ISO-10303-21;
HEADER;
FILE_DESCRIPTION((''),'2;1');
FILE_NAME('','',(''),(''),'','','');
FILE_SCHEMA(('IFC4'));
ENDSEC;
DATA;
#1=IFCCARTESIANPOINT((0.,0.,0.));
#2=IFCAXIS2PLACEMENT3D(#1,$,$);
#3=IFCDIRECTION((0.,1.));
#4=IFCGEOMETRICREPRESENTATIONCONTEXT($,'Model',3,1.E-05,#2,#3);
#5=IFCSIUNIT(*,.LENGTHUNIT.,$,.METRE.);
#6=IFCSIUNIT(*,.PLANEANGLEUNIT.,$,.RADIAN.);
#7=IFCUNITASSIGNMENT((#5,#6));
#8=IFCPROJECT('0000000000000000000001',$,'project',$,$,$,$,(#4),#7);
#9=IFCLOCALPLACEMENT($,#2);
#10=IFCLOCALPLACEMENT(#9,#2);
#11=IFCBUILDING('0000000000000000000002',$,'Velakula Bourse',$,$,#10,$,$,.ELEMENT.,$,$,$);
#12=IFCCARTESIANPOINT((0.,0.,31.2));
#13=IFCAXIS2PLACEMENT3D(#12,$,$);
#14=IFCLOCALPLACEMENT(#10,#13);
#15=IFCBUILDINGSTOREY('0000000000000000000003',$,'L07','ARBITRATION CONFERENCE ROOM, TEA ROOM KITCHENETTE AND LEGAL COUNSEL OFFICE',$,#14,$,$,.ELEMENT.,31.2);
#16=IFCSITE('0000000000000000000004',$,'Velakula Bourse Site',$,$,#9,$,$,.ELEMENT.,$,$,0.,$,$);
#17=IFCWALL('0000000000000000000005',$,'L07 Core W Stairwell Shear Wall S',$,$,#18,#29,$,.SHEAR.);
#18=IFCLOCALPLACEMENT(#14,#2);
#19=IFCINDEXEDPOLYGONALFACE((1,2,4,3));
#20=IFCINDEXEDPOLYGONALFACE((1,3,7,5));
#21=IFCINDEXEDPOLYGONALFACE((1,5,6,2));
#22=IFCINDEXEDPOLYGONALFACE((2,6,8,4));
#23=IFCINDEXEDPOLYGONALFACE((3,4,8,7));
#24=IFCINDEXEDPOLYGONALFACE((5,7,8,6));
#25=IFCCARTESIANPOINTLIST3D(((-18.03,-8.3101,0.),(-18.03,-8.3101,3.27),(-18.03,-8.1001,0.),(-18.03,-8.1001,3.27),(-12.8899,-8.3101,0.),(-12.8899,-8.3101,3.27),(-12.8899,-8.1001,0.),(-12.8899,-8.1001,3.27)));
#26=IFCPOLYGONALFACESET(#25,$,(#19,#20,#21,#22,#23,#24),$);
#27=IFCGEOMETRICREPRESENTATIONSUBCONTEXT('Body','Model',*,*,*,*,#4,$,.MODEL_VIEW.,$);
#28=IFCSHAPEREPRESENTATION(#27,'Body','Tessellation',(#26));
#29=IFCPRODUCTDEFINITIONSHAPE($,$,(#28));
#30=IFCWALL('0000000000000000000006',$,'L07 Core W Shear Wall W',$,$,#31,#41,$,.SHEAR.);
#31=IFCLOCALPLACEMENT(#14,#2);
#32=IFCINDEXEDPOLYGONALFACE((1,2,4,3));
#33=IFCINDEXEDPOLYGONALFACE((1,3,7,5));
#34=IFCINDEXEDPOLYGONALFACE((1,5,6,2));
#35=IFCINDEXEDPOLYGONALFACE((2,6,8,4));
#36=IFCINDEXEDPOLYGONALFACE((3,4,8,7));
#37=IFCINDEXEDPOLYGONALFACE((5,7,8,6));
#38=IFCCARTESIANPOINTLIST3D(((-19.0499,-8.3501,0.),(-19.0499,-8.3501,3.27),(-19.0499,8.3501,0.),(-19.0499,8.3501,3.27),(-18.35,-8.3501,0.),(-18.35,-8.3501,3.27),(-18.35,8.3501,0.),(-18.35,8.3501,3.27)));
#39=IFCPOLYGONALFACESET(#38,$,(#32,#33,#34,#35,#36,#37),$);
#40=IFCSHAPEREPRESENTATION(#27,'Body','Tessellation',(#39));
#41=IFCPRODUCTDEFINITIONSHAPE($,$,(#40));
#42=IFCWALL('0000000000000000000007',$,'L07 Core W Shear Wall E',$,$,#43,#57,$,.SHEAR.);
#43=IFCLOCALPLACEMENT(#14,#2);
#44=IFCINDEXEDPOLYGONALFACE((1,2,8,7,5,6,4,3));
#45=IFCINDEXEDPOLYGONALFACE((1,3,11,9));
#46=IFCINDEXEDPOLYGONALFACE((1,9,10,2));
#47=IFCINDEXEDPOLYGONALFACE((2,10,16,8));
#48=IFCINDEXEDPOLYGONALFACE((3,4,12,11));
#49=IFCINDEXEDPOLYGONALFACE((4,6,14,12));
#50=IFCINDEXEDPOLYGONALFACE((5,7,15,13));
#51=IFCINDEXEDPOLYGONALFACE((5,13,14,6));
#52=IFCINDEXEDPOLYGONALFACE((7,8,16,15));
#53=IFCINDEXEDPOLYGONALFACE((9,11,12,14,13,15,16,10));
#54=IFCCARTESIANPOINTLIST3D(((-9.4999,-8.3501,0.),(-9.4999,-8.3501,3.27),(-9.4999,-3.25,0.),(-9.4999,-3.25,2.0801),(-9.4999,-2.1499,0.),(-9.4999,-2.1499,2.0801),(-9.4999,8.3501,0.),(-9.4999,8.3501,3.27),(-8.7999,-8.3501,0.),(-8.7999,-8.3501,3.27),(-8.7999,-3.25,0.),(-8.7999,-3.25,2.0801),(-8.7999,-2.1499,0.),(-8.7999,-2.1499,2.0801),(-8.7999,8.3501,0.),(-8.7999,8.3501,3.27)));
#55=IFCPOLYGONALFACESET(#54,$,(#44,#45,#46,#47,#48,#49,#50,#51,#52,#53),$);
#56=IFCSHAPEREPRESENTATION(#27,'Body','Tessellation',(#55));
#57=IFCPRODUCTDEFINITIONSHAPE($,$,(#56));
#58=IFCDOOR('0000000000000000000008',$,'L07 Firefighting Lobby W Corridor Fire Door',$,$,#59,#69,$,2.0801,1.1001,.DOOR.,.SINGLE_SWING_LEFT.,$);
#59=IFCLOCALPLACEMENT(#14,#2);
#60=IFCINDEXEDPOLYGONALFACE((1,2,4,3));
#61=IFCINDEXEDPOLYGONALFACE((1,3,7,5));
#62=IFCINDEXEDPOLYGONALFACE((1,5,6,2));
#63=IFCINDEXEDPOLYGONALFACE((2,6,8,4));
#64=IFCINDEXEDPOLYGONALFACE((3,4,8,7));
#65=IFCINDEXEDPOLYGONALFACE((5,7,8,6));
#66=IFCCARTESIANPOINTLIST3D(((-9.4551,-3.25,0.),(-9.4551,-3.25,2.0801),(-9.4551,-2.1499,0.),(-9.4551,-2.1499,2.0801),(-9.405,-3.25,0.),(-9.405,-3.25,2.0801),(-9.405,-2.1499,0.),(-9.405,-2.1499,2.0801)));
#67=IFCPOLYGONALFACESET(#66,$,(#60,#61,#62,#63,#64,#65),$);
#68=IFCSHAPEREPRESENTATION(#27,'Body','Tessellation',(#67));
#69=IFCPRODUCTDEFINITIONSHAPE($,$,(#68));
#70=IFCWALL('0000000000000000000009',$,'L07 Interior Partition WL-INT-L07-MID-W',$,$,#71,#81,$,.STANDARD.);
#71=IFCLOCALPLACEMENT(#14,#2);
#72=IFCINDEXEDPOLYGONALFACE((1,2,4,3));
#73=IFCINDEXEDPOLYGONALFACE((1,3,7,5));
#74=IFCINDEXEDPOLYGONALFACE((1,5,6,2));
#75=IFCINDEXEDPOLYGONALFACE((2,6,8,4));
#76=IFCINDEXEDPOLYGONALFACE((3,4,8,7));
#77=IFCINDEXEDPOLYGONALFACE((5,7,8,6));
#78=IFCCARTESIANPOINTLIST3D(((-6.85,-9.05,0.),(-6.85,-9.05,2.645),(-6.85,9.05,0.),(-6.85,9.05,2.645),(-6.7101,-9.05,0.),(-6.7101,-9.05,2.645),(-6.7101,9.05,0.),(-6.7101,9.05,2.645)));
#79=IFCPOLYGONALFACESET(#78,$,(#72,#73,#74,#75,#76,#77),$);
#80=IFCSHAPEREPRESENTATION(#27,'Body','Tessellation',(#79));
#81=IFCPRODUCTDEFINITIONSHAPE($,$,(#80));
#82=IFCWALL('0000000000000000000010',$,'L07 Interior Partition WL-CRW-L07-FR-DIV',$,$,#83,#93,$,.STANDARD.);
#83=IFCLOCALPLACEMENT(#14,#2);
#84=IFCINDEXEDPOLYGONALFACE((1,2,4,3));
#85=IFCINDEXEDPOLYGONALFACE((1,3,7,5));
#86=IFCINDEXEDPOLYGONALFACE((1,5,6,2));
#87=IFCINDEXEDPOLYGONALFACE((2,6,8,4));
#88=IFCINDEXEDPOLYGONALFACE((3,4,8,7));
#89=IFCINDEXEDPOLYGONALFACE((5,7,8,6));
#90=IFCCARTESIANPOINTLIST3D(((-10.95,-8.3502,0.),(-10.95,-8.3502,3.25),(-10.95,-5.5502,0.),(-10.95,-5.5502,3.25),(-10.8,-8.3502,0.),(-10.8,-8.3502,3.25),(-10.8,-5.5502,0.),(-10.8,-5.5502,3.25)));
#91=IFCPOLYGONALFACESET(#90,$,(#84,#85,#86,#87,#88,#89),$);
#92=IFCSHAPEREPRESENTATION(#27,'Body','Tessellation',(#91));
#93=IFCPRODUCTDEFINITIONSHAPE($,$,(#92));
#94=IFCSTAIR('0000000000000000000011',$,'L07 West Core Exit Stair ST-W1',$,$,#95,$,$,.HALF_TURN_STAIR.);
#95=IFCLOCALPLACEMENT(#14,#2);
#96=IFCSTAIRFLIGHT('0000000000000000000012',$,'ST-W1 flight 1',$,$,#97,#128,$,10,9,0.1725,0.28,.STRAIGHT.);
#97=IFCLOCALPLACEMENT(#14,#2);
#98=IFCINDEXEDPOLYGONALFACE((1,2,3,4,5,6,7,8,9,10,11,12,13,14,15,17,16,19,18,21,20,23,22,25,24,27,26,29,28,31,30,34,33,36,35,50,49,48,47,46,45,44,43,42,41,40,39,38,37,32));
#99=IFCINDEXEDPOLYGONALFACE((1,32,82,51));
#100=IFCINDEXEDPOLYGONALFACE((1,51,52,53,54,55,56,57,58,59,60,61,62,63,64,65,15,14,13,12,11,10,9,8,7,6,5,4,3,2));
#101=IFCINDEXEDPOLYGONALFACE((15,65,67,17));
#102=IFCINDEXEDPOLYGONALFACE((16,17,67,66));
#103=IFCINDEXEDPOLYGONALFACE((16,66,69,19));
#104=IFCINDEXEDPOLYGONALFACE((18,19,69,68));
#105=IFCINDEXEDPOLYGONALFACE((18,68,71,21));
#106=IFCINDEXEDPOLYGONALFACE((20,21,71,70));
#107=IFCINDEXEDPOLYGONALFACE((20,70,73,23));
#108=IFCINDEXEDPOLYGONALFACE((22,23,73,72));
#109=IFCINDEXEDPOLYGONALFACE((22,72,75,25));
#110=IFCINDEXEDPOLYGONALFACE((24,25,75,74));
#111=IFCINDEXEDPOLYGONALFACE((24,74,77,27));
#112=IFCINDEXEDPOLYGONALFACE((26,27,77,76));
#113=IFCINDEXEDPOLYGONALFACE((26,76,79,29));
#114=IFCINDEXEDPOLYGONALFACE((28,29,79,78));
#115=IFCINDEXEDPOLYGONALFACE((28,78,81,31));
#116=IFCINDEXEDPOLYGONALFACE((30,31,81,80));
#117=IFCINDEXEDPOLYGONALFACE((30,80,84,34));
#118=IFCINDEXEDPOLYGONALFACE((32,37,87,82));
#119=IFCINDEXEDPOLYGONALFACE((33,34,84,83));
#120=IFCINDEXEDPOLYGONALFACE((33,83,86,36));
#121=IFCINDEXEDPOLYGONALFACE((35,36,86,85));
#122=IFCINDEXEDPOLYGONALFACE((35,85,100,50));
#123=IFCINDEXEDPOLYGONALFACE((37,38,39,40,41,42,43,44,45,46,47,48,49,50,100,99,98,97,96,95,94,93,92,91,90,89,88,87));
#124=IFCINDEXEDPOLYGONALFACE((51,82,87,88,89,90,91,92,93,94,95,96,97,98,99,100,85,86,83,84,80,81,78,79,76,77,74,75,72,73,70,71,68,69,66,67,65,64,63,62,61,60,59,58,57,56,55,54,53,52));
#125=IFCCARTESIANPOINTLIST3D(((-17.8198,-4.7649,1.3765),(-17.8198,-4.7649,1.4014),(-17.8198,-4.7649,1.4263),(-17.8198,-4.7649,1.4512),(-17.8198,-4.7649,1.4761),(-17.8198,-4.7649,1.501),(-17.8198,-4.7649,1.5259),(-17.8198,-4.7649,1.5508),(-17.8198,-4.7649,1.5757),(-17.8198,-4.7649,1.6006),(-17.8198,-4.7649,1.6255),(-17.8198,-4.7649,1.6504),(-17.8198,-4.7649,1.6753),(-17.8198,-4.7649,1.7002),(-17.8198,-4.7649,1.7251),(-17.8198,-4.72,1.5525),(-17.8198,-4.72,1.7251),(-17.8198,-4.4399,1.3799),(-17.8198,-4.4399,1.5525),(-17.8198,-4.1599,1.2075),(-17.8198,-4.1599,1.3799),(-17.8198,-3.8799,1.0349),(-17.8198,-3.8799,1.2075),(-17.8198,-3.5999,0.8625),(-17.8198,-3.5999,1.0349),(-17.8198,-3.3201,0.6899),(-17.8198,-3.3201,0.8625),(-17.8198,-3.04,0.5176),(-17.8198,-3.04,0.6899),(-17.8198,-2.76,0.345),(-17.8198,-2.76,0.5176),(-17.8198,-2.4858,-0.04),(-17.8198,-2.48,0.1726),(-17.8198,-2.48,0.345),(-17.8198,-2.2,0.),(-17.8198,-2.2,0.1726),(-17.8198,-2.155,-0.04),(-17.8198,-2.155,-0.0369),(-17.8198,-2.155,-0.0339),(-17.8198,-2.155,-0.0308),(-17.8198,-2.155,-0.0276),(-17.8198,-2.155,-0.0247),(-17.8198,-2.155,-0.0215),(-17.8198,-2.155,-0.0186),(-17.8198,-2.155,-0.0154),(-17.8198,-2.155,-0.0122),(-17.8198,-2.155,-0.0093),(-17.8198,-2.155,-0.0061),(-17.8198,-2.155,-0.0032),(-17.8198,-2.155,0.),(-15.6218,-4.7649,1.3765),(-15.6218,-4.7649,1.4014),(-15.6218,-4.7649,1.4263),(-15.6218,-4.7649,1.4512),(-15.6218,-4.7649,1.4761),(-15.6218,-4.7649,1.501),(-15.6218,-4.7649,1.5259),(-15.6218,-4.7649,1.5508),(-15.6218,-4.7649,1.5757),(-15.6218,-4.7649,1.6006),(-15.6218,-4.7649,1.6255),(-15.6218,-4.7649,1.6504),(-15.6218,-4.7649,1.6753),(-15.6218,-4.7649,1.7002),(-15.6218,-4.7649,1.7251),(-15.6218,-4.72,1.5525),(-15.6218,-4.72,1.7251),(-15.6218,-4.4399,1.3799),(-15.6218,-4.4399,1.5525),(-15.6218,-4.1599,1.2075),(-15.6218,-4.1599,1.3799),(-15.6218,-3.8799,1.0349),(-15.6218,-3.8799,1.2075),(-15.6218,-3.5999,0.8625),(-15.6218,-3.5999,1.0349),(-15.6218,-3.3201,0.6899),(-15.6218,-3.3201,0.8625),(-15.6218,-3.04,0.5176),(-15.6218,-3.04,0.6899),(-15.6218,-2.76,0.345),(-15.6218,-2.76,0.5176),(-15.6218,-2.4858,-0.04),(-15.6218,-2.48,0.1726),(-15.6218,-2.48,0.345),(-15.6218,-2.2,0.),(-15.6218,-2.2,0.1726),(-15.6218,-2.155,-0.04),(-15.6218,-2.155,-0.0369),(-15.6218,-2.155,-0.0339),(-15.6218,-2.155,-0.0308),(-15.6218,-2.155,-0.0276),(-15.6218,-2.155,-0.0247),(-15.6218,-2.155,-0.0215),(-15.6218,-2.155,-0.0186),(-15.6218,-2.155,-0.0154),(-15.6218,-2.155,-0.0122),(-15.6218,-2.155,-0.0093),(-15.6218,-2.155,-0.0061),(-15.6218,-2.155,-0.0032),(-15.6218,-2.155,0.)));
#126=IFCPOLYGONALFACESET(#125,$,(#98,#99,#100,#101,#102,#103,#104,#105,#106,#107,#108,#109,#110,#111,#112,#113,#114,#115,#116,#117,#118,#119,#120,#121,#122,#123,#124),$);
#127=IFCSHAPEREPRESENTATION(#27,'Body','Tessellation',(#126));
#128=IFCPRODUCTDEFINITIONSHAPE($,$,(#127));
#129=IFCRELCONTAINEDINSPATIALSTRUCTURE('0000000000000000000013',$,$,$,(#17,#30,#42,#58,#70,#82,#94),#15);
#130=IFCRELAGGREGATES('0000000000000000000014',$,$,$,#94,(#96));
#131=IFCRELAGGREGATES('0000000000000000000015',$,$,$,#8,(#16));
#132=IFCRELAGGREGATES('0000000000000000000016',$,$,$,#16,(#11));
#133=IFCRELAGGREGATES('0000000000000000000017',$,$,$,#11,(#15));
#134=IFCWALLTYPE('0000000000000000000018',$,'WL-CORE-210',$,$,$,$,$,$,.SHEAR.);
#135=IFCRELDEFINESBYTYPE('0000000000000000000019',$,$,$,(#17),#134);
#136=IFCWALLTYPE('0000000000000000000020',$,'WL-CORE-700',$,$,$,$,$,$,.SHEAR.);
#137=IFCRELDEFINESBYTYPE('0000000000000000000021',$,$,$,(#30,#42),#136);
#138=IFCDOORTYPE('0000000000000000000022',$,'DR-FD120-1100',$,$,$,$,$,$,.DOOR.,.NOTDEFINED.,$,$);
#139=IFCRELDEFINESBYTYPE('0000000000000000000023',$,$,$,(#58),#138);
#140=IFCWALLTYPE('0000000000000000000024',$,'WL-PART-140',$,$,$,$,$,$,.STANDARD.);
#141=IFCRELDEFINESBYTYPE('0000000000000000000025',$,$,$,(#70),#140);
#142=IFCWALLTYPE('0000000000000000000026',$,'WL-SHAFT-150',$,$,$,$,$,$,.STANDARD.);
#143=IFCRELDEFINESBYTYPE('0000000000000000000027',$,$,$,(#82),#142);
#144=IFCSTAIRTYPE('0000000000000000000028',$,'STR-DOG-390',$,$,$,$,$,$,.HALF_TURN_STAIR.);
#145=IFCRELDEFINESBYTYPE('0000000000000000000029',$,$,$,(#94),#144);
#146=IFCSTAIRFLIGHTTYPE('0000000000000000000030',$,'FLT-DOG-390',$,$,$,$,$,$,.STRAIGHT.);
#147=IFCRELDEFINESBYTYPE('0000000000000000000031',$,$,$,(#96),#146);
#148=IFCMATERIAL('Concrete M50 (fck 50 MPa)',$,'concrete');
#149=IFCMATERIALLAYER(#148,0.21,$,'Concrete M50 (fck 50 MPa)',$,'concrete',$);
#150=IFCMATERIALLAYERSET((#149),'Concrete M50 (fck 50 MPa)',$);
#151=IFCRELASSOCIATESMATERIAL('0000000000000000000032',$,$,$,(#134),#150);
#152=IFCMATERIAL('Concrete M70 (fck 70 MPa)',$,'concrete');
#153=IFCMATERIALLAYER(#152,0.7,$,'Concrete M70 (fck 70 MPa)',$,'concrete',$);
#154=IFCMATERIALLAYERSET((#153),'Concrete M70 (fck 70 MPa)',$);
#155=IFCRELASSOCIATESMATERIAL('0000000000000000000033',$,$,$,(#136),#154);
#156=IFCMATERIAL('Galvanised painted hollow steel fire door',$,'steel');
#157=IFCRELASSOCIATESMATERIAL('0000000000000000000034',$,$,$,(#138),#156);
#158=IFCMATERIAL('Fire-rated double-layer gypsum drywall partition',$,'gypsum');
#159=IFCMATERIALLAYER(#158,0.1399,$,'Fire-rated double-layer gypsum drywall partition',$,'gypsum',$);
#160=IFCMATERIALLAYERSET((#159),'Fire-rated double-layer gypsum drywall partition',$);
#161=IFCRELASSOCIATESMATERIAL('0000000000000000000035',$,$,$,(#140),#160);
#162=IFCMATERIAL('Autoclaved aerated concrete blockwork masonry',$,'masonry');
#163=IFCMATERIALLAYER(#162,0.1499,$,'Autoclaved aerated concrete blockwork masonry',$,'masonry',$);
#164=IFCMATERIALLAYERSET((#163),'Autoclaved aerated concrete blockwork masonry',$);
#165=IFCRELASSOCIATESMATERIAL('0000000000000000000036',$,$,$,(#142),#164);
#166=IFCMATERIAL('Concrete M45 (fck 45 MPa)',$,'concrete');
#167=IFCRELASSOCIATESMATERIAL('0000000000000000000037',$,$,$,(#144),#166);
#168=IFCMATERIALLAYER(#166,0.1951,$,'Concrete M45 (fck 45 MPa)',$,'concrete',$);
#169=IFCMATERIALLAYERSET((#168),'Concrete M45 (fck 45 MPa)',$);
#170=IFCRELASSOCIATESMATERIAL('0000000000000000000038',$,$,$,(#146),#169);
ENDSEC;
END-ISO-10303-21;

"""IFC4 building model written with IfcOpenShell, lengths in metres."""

from ifc_helpers import new_model, si_unit, direction, frame, frame_2d, origin, place, context, subcontext, project, spatial, polyline, rectangle, outline, extrude, material, layer, layer_set, type_object, element, fill, aggregate, save


model = new_model("IFC4")

# Units and contexts
model_context = context("Model", 3, precision=1e-05, world=origin(), true_north=direction((0.0, 1.0)))
body_context = subcontext(model_context, "Body", "Model", "MODEL_VIEW")
ifc_project = project(units=[si_unit("LENGTHUNIT", "METRE"), si_unit("PLANEANGLEUNIT", "RADIAN")], contexts=[model_context])

# Site, building, storey
site_placement = place(None, origin())
site = spatial("IfcSite", under=ifc_project, at=site_placement, Name="Velakula Bourse Site", CompositionType="ELEMENT", RefElevation=0.0)
building_placement = place(site_placement, origin())
building = spatial("IfcBuilding", under=site, at=building_placement, Name="Velakula Bourse", CompositionType="ELEMENT")
storey_placement = place(building_placement, frame((0.0, 0.0, 31.2)))
storey = spatial("IfcBuildingStorey", under=building, at=storey_placement, Name="L07", Description="ARBITRATION CONFERENCE ROOM, TEA ROOM KITCHENETTE AND LEGAL COUNSEL OFFICE", CompositionType="ELEMENT", Elevation=31.2)

# Shared definitions
ifc_material_1 = material(Name="Concrete M70 (fck 70 MPa)", Category="concrete")

# Shared definitions
ifc_material_2 = material(Name="Concrete M50 (fck 50 MPa)", Category="concrete")
ifc_layer_1 = layer(ifc_material_2, 0.21, Name="Concrete M50 (fck 50 MPa)", Category="concrete")
ifc_layer_set_1 = layer_set([ifc_layer_1], Name="Concrete M50 (fck 50 MPa)")
wall_type_1 = type_object("IfcWallType", Name="WL-CORE-210", PredefinedType="SHEAR", material=ifc_layer_set_1)
ifc_material_3 = material(Name="Galvanised painted hollow steel fire door", Category="steel")

# Walls
wall_1_placement = place(storey_placement, frame((-18.03, -8.2051, 0.0), z_axis=(0.0, 0.0, 1.0), x_axis=(1.0, 0.0, 0.0)))
element("IfcWall", 1, at=wall_1_placement, inside=storey, type_object=wall_type_1, Name="L07 Core W Stairwell Shear Wall S", PredefinedType="SHEAR", context=body_context, shape_type="SweptSolid", body=[
    extrude(rectangle(XDim=5.1401, YDim=0.21, at=frame_2d((2.5701, 0.0))), origin(), (0.0, 0.0, 1.0), 3.27),
])
ifc_layer_2 = layer(ifc_material_1, 0.7, Name="Concrete M70 (fck 70 MPa)", Category="concrete")
ifc_layer_set_2 = layer_set([ifc_layer_2], Name="Concrete M70 (fck 70 MPa)")
wall_type_2 = type_object("IfcWallType", Name="WL-CORE-700", PredefinedType="SHEAR", material=ifc_layer_set_2)
wall_2_placement = place(storey_placement, frame((-18.7, -8.3501, 0.0), z_axis=(0.0, 0.0, 1.0), x_axis=(0.0, 1.0, 0.0)))
element("IfcWall", 2, at=wall_2_placement, inside=storey, type_object=wall_type_2, Name="L07 Core W Shear Wall W", PredefinedType="SHEAR", context=body_context, shape_type="SweptSolid", body=[
    extrude(rectangle(XDim=16.7002, YDim=0.7, at=frame_2d((8.3501, 0.0))), origin(), (0.0, 0.0, 1.0), 3.27),
])

# Wall, opening, door
wall_3_placement = place(storey_placement, frame((-9.1499, -8.3501, 0.0), z_axis=(0.0, 0.0, 1.0), x_axis=(0.0, 1.0, 0.0)))
wall_3 = element("IfcWall", 3, at=wall_3_placement, inside=storey, type_object=wall_type_2, Name="L07 Core W Shear Wall E", PredefinedType="SHEAR", context=body_context, shape_type="SweptSolid", body=[
    extrude(rectangle(XDim=16.7002, YDim=0.7, at=frame_2d((8.3501, 0.0))), origin(), (0.0, 0.0, 1.0), 3.27),
])
opening_1_placement = place(wall_3_placement, frame((5.1001, 0.0, 0.0)))
opening_1 = element("IfcOpeningElement", 4, at=opening_1_placement, cuts=wall_3, PredefinedType="OPENING", context=body_context, shape_type="SweptSolid", body=[
    extrude(rectangle(XDim=1.1001, YDim=2.0801, at=frame_2d((0.55, 1.04))), frame((0.0, 0.3599, 0.0), z_axis=(0.0, -1.0, 0.0), x_axis=(1.0, 0.0, 0.0)), (0.0, 0.0, 1.0), 0.72),
])
door_type_1 = type_object("IfcDoorType", Name="DR-FD120-1100", OperationType="NOTDEFINED", PredefinedType="DOOR", material=ifc_material_3)
door_1_placement = place(opening_1_placement, origin())
door_1 = element("IfcDoor", 5, at=door_1_placement, inside=storey, type_object=door_type_1, Name="L07 Firefighting Lobby W Corridor Fire Door", OperationType="SINGLE_SWING_LEFT", OverallHeight=2.0801, OverallWidth=1.1001, PredefinedType="DOOR", context=body_context, shape_type="SweptSolid", body=[
    extrude(rectangle(XDim=1.1001, YDim=2.0801, at=frame_2d((0.55, 1.04))), frame((0.0, 0.3052, 0.0), z_axis=(0.0, -1.0, 0.0), x_axis=(1.0, 0.0, 0.0)), (0.0, 0.0, 1.0), 0.05),
])
fill(opening_1, door_1)

# Wall
ifc_material_4 = material(Name="Fire-rated double-layer gypsum drywall partition", Category="gypsum")
ifc_layer_3 = layer(ifc_material_4, 0.1399, Name="Fire-rated double-layer gypsum drywall partition", Category="gypsum")
ifc_layer_set_3 = layer_set([ifc_layer_3], Name="Fire-rated double-layer gypsum drywall partition")
wall_type_3 = type_object("IfcWallType", Name="WL-PART-140", PredefinedType="STANDARD", material=ifc_layer_set_3)
wall_4_placement = place(storey_placement, frame((-6.78, -9.05, 0.0), z_axis=(0.0, 0.0, 1.0), x_axis=(0.0, 1.0, 0.0)))
element("IfcWall", 6, at=wall_4_placement, inside=storey, type_object=wall_type_3, Name="L07 Interior Partition WL-INT-L07-MID-W", PredefinedType="STANDARD", context=body_context, shape_type="SweptSolid", body=[
    extrude(rectangle(XDim=18.1001, YDim=0.1399, at=frame_2d((9.05, 0.0))), origin(), (0.0, 0.0, 1.0), 2.645),
])

# Shared definitions
ifc_material_5 = material(Name="Autoclaved aerated concrete blockwork masonry", Category="masonry")
ifc_layer_4 = layer(ifc_material_5, 0.1499, Name="Autoclaved aerated concrete blockwork masonry", Category="masonry")
ifc_layer_set_4 = layer_set([ifc_layer_4], Name="Autoclaved aerated concrete blockwork masonry")
wall_type_4 = type_object("IfcWallType", Name="WL-SHAFT-150", PredefinedType="STANDARD", material=ifc_layer_set_4)

# Wall
wall_5_placement = place(storey_placement, frame((-10.875, -8.3501, 0.0), z_axis=(0.0, 0.0, 1.0), x_axis=(0.0, 1.0, 0.0)))
element("IfcWall", 7, at=wall_5_placement, inside=storey, type_object=wall_type_4, Name="L07 Interior Partition WL-CRW-L07-FR-DIV", PredefinedType="STANDARD", context=body_context, shape_type="SweptSolid", body=[
    extrude(rectangle(XDim=2.8, YDim=0.1499, at=frame_2d((1.3999, 0.0))), origin(), (0.0, 0.0, 1.0), 3.25),
])

# Stair, stair flight
ifc_material_6 = material(Name="Concrete M45 (fck 45 MPa)", Category="concrete")
stair_type = type_object("IfcStairType", Name="STR-DOG-390", PredefinedType="HALF_TURN_STAIR", material=ifc_material_6)
stair_placement = place(storey_placement, origin())
stair = element("IfcStair", 8, at=stair_placement, inside=storey, type_object=stair_type, Name="L07 West Core Exit Stair ST-W1", PredefinedType="HALF_TURN_STAIR")
ifc_layer_5 = layer(ifc_material_6, 0.1951, Name="Concrete M45 (fck 45 MPa)", Category="concrete")
ifc_layer_set_5 = layer_set([ifc_layer_5], Name="Concrete M45 (fck 45 MPa)")
stair_flight_type = type_object("IfcStairFlightType", Name="FLT-DOG-390", PredefinedType="STRAIGHT", material=ifc_layer_set_5)
stair_flight_1_placement = place(storey_placement, frame((-16.7209, -2.2, 0.0), z_axis=(0.0, 0.0, 1.0), x_axis=(0.0, -1.0, 0.0)))
stair_flight_1 = element("IfcStairFlight", 9, at=stair_flight_1_placement, type_object=stair_flight_type, Name="ST-W1 flight 1", NumberOfRisers=10, NumberOfTreads=9, PredefinedType="STRAIGHT", RiserHeight=0.1725, TreadLength=0.28, context=body_context, shape_type="SweptSolid", body=[
    extrude(outline(polyline([(-0.0449, -0.04), (-0.0449, -0.0369), (-0.0449, -0.0339), (-0.0449, -0.0308), (-0.0449, -0.0276), (-0.0449, -0.0247), (-0.0449, -0.0215), (-0.0449, -0.0186), (-0.0449, -0.0154), (-0.0449, -0.0122), (-0.0449, -0.0093), (-0.0449, -0.0061), (-0.0449, -0.0032), (-0.0449, 0.0), (0.0, 0.0), (0.0, 0.1726), (0.28, 0.1726), (0.28, 0.345), (0.5601, 0.345), (0.5601, 0.5176), (0.8401, 0.5176), (0.8401, 0.6899), (1.1201, 0.6899), (1.1201, 0.8625), (1.3999, 0.8625), (1.3999, 1.0349), (1.6799, 1.0349), (1.6799, 1.2075), (1.96, 1.2075), (1.96, 1.3799), (2.24, 1.3799), (2.24, 1.5525), (2.52, 1.5525), (2.52, 1.7251), (2.5649, 1.7251), (2.5649, 1.7002), (2.5649, 1.6753), (2.5649, 1.6504), (2.5649, 1.6255), (2.5649, 1.6006), (2.5649, 1.5757), (2.5649, 1.5508), (2.5649, 1.5259), (2.5649, 1.501), (2.5649, 1.4761), (2.5649, 1.4512), (2.5649, 1.4263), (2.5649, 1.4014), (2.5649, 1.3765), (0.2859, -0.04), (-0.0449, -0.04)])), frame((0.0, 1.0991, 0.0), z_axis=(0.0, -1.0, 0.0), x_axis=(1.0, 0.0, 0.0)), (0.0, 0.0, 1.0), 2.198),
])
aggregate(stair, [stair_flight_1])

save(model, "model.ifc")
